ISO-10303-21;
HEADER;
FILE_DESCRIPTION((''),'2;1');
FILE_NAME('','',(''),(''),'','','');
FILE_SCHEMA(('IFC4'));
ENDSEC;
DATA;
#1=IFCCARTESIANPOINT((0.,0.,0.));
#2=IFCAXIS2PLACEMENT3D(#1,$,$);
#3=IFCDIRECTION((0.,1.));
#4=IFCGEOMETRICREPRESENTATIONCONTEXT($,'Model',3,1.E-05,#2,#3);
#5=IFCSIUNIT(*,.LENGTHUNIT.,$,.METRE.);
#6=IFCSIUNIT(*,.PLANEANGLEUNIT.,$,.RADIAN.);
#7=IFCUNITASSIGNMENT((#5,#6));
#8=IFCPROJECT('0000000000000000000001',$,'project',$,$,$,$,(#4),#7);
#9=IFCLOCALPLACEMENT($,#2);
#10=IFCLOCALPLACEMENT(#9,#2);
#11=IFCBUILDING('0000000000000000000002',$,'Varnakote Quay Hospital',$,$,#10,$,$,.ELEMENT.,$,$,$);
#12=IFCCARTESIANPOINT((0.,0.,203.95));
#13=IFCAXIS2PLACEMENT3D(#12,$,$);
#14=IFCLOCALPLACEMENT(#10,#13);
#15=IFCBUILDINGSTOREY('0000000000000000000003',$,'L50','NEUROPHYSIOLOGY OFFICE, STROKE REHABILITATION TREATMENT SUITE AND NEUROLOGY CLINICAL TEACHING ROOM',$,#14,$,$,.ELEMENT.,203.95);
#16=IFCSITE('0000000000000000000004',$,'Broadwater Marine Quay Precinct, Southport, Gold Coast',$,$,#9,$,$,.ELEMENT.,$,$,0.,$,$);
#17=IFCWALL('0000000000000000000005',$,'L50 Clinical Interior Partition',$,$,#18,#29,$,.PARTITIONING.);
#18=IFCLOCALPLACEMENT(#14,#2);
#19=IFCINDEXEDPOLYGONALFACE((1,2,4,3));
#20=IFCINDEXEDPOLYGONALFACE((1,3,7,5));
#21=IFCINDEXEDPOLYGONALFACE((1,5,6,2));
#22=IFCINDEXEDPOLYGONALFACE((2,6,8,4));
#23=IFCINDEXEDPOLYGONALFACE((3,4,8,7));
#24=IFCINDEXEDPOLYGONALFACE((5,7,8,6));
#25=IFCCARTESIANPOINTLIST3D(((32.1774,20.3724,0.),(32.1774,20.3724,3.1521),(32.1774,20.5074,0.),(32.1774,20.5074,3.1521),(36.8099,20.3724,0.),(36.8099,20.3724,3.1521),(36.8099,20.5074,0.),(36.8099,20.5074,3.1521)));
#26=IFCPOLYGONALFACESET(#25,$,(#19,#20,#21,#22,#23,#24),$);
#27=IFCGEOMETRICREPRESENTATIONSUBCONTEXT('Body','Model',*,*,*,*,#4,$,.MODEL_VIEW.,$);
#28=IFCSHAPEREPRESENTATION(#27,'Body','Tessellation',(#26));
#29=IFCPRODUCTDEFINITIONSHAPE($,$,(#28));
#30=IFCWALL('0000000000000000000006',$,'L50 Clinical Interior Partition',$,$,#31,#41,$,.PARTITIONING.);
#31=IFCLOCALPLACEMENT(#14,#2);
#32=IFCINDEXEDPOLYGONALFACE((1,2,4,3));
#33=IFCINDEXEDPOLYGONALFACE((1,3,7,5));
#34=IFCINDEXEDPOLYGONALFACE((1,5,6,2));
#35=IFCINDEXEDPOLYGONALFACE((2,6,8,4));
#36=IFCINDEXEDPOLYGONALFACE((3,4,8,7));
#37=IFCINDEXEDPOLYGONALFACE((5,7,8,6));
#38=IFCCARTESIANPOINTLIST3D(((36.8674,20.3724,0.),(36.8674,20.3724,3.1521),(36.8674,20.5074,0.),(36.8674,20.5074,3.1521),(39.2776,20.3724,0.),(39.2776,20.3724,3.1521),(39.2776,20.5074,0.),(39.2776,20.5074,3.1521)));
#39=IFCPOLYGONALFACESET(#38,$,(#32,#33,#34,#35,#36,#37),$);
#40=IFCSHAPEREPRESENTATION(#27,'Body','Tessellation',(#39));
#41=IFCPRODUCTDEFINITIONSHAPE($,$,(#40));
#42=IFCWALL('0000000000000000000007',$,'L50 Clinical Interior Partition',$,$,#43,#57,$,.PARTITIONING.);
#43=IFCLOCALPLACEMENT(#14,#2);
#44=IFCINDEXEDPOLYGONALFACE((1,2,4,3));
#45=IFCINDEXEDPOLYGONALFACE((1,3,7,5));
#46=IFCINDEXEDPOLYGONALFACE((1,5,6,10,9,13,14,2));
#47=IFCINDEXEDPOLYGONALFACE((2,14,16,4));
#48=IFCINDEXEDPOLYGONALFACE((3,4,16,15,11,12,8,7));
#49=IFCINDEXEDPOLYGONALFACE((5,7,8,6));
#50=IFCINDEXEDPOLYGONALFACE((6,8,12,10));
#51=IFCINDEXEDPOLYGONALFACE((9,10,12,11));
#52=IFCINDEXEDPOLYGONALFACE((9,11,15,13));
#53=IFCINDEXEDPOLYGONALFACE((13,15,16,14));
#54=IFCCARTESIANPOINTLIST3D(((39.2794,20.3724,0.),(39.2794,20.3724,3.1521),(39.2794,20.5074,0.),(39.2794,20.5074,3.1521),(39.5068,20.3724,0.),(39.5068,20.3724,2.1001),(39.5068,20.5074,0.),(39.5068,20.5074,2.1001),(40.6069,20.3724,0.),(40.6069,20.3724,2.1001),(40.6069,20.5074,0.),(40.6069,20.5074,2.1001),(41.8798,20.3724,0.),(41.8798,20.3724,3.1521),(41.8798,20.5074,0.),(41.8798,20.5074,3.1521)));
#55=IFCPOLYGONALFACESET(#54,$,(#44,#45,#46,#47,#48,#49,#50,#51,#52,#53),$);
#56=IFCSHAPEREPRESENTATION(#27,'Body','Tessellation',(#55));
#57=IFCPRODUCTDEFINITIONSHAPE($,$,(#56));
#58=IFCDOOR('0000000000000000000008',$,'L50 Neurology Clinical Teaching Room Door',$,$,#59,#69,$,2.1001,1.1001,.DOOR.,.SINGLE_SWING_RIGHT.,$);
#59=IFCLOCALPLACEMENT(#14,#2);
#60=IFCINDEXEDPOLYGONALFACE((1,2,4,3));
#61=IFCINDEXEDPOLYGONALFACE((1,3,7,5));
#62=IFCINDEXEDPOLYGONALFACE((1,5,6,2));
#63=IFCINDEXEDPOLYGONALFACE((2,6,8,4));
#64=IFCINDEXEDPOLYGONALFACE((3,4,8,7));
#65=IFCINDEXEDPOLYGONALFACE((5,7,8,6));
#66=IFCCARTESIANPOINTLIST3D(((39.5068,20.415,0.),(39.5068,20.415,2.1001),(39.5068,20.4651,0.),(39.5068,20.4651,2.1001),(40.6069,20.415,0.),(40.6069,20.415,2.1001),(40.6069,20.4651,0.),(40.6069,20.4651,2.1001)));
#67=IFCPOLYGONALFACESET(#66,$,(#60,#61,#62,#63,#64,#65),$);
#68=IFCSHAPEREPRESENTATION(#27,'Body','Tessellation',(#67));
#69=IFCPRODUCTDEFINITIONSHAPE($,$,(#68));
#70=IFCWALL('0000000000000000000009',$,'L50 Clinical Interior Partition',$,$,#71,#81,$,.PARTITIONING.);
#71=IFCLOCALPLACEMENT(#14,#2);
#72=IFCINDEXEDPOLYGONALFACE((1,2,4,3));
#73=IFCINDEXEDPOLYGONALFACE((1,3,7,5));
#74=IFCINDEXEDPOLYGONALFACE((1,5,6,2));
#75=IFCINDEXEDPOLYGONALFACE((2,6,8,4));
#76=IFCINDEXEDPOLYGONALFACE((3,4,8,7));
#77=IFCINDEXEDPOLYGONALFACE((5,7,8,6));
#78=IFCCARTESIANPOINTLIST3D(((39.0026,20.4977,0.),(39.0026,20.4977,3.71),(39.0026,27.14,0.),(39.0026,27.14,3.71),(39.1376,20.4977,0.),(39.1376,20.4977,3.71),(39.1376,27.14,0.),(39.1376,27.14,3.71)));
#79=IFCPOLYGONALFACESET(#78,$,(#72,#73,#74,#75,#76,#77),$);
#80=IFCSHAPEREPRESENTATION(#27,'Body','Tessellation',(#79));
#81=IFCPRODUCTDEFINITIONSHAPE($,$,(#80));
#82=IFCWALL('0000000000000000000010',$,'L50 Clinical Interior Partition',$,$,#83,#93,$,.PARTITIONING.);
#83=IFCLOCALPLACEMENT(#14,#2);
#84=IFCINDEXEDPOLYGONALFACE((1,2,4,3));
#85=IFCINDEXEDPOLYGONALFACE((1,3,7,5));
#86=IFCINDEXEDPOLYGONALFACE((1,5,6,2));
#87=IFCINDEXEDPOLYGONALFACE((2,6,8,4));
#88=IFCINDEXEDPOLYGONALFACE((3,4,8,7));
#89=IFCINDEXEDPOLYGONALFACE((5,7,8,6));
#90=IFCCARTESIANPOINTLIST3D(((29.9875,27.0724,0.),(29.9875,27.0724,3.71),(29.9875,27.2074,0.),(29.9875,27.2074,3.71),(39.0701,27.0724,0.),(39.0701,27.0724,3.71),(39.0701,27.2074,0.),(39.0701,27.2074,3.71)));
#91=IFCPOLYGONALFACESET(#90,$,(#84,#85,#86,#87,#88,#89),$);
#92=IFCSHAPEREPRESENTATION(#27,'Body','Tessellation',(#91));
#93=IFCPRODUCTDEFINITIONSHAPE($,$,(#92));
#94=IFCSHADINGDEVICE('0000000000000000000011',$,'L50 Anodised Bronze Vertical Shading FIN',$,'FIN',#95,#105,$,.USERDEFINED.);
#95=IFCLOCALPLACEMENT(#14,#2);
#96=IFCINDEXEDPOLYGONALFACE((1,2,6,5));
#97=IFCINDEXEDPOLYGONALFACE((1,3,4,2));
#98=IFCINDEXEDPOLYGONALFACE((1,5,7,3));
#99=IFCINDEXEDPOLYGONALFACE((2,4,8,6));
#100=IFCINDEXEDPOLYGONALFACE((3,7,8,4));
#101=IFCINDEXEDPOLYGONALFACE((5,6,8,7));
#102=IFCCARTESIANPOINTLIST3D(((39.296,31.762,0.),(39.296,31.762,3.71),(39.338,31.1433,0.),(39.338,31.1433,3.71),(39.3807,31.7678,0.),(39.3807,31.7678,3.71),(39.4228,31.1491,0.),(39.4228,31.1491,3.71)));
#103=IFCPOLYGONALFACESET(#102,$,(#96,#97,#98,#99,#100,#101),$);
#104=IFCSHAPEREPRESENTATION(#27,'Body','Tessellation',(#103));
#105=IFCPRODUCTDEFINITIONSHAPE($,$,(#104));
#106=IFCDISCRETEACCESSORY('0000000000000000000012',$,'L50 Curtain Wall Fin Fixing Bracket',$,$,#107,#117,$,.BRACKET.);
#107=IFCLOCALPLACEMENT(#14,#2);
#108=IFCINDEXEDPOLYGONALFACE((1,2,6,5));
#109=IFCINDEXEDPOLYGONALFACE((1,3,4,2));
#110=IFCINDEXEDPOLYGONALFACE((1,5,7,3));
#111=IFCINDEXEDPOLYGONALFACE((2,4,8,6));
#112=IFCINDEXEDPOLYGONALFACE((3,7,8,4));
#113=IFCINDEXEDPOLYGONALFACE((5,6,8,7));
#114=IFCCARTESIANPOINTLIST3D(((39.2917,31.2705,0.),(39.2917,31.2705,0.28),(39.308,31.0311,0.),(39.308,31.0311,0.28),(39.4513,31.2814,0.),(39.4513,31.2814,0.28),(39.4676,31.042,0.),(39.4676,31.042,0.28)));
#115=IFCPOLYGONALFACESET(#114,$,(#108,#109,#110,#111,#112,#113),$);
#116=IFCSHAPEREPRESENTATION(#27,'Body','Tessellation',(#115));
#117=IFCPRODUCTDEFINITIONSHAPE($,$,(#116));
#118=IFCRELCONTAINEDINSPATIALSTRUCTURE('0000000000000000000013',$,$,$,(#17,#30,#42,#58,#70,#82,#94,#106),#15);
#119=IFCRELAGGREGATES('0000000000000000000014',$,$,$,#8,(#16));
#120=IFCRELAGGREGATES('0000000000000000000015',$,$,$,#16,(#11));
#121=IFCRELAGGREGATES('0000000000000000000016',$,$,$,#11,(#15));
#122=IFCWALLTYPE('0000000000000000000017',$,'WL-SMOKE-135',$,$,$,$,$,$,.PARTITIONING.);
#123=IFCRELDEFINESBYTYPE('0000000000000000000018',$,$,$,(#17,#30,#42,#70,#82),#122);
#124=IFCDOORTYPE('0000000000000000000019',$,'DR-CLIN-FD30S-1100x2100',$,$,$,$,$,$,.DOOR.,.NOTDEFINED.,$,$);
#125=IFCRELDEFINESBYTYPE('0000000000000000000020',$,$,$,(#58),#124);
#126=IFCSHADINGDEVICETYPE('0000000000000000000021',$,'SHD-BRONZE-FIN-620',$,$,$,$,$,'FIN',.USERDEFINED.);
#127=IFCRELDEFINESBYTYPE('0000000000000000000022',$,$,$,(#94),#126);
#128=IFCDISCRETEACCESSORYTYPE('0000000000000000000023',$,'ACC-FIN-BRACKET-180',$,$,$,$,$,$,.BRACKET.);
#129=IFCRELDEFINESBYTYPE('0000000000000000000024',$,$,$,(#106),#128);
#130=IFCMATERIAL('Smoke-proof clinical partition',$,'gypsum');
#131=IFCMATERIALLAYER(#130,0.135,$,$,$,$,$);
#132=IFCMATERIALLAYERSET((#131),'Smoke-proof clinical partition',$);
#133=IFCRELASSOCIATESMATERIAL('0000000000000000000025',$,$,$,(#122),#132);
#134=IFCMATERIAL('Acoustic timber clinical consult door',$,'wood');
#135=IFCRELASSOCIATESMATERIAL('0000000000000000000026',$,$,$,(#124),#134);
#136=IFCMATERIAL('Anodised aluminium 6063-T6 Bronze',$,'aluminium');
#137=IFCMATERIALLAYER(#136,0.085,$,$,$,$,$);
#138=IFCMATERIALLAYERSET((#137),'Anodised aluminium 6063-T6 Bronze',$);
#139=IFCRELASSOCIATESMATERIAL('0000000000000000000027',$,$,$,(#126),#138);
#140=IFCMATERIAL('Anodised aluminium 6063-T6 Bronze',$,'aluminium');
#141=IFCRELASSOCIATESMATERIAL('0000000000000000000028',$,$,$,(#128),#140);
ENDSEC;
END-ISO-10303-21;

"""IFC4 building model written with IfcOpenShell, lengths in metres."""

from ifc_helpers import new_model, si_unit, direction, frame, frame_2d, origin, origin_2d, place, context, subcontext, project, spatial, rectangle, extrude, material, layer, layer_set, type_object, element, fill, save


model = new_model("IFC4")

# Units and contexts
model_context = context("Model", 3, precision=1e-05, world=origin(), true_north=direction((0.0, 1.0)))
body_context = subcontext(model_context, "Body", "Model", "MODEL_VIEW")
ifc_project = project(units=[si_unit("LENGTHUNIT", "METRE"), si_unit("PLANEANGLEUNIT", "RADIAN")], contexts=[model_context])

# Site, building, storey
site_placement = place(None, origin())
site = spatial("IfcSite", under=ifc_project, at=site_placement, Name="Broadwater Marine Quay Precinct, Southport, Gold Coast", CompositionType="ELEMENT", RefElevation=0.0)
building_placement = place(site_placement, origin())
building = spatial("IfcBuilding", under=site, at=building_placement, Name="Varnakote Quay Hospital", CompositionType="ELEMENT")
storey_placement = place(building_placement, frame((0.0, 0.0, 203.95)))
storey = spatial("IfcBuildingStorey", under=building, at=storey_placement, Name="L50", Description="NEUROPHYSIOLOGY OFFICE, STROKE REHABILITATION TREATMENT SUITE AND NEUROLOGY CLINICAL TEACHING ROOM", CompositionType="ELEMENT", Elevation=203.95)

# Walls
ifc_material_1 = material(Name="Smoke-proof clinical partition", Category="gypsum")
ifc_layer_1 = layer(ifc_material_1, 0.135)
ifc_layer_set_1 = layer_set([ifc_layer_1], Name="Smoke-proof clinical partition")
wall_type = type_object("IfcWallType", Name="WL-SMOKE-135", PredefinedType="PARTITIONING", material=ifc_layer_set_1)
wall_1_placement = place(storey_placement, frame((36.8101, 20.4399, 0.0), z_axis=(0.0, 0.0, 1.0), x_axis=(-1.0, 0.0, 0.0)))
element("IfcWall", 1, at=wall_1_placement, inside=storey, type_object=wall_type, Name="L50 Clinical Interior Partition", PredefinedType="PARTITIONING", context=body_context, shape_type="SweptSolid", body=[
    extrude(rectangle(XDim=4.6326, YDim=0.135, at=frame_2d((2.3164, 0.0))), origin(), (0.0, 0.0, 1.0), 3.1521),
])
wall_2_placement = place(storey_placement, frame((39.2776, 20.4399, 0.0), z_axis=(0.0, 0.0, 1.0), x_axis=(-1.0, 0.0, 0.0)))
element("IfcWall", 2, at=wall_2_placement, inside=storey, type_object=wall_type, Name="L50 Clinical Interior Partition", PredefinedType="PARTITIONING", context=body_context, shape_type="SweptSolid", body=[
    extrude(rectangle(XDim=2.4102, YDim=0.135, at=frame_2d((1.2051, 0.0))), origin(), (0.0, 0.0, 1.0), 3.1521),
])

# Wall, opening, door
wall_3_placement = place(storey_placement, frame((41.8799, 20.4399, 0.0), z_axis=(0.0, 0.0, 1.0), x_axis=(-1.0, 0.0, 0.0)))
wall_3 = element("IfcWall", 3, at=wall_3_placement, inside=storey, type_object=wall_type, Name="L50 Clinical Interior Partition", PredefinedType="PARTITIONING", context=body_context, shape_type="SweptSolid", body=[
    extrude(rectangle(XDim=2.6003, YDim=0.135, at=frame_2d((1.3003, 0.0))), origin(), (0.0, 0.0, 1.0), 3.1521),
])
opening_placement = place(wall_3_placement, frame((1.2729, 0.0, 0.0)))
opening = element("IfcOpeningElement", 4, at=opening_placement, cuts=wall_3, PredefinedType="OPENING", context=body_context, shape_type="SweptSolid", body=[
    extrude(rectangle(XDim=1.1001, YDim=2.1001, at=frame_2d((0.55, 1.05))), frame((0.0, 0.0774, 0.0), z_axis=(0.0, -1.0, 0.0), x_axis=(1.0, 0.0, 0.0)), (0.0, 0.0, 1.0), 0.155),
])
ifc_material_2 = material(Name="Acoustic timber clinical consult door", Category="wood")
door_type = type_object("IfcDoorType", Name="DR-CLIN-FD30S-1100x2100", OperationType="NOTDEFINED", PredefinedType="DOOR", material=ifc_material_2)
door_placement = place(opening_placement, origin())
door = element("IfcDoor", 5, at=door_placement, inside=storey, type_object=door_type, Name="L50 Neurology Clinical Teaching Room Door", OperationType="SINGLE_SWING_RIGHT", OverallHeight=2.1001, OverallWidth=1.1001, PredefinedType="DOOR", context=body_context, shape_type="SweptSolid", body=[
    extrude(rectangle(XDim=1.1001, YDim=2.1001, at=frame_2d((0.55, 1.05))), frame((0.0, 0.0249, 0.0), z_axis=(0.0, -1.0, 0.0), x_axis=(1.0, 0.0, 0.0)), (0.0, 0.0, 1.0), 0.05),
])
fill(opening, door)

# Walls
wall_4_placement = place(storey_placement, frame((39.0701, 20.4976, 0.0), z_axis=(0.0, 0.0, 1.0), x_axis=(0.0, 1.0, 0.0)))
element("IfcWall", 6, at=wall_4_placement, inside=storey, type_object=wall_type, Name="L50 Clinical Interior Partition", PredefinedType="PARTITIONING", context=body_context, shape_type="SweptSolid", body=[
    extrude(rectangle(XDim=6.6423, YDim=0.135, at=frame_2d((3.3213, 0.0))), origin(), (0.0, 0.0, 1.0), 3.71),
])
wall_5_placement = place(storey_placement, frame((39.0701, 27.1399, 0.0), z_axis=(0.0, 0.0, 1.0), x_axis=(-1.0, 0.0, 0.0)))
element("IfcWall", 7, at=wall_5_placement, inside=storey, type_object=wall_type, Name="L50 Clinical Interior Partition", PredefinedType="PARTITIONING", context=body_context, shape_type="SweptSolid", body=[
    extrude(rectangle(XDim=9.0825, YDim=0.135, at=frame_2d((4.5413, 0.0))), origin(), (0.0, 0.0, 1.0), 3.71),
])

# Shading device
ifc_material_3 = material(Name="Anodised aluminium 6063-T6 Bronze", Category="aluminium")
ifc_layer_2 = layer(ifc_material_3, 0.085)
ifc_layer_set_2 = layer_set([ifc_layer_2], Name="Anodised aluminium 6063-T6 Bronze")
shading_device_type = type_object("IfcShadingDeviceType", Name="SHD-BRONZE-FIN-620", ElementType="FIN", PredefinedType="USERDEFINED", material=ifc_layer_set_2)
shading_device_placement = place(storey_placement, frame((39.3594, 31.4556, 0.0), z_axis=(0.0, 0.0, 1.0), x_axis=(0.067841, -0.997696, 0.0)))
element("IfcShadingDevice", 8, at=shading_device_placement, inside=storey, type_object=shading_device_type, Name="L50 Anodised Bronze Vertical Shading FIN", ObjectType="FIN", PredefinedType="USERDEFINED", context=body_context, shape_type="SweptSolid", body=[
    extrude(rectangle(XDim=0.6201, YDim=0.085, at=origin_2d()), origin(), (0.0, 0.0, 1.0), 3.71),
])

# Discrete accessory
ifc_material_4 = material(Name="Anodised aluminium 6063-T6 Bronze", Category="aluminium")
discrete_accessory_type = type_object("IfcDiscreteAccessoryType", Name="ACC-FIN-BRACKET-180", PredefinedType="BRACKET", material=ifc_material_4)
discrete_accessory_placement = place(storey_placement, frame((39.3796, 31.1562, 0.0), z_axis=(0.0, 0.0, 1.0), x_axis=(-0.997696, -0.067841, 0.0)))
element("IfcDiscreteAccessory", 9, at=discrete_accessory_placement, inside=storey, type_object=discrete_accessory_type, Name="L50 Curtain Wall Fin Fixing Bracket", PredefinedType="BRACKET", context=body_context, shape_type="SweptSolid", body=[
    extrude(rectangle(XDim=0.1599, YDim=0.24, at=origin_2d()), origin(), (0.0, 0.0, 1.0), 0.28),
])

save(model, "model.ifc")
